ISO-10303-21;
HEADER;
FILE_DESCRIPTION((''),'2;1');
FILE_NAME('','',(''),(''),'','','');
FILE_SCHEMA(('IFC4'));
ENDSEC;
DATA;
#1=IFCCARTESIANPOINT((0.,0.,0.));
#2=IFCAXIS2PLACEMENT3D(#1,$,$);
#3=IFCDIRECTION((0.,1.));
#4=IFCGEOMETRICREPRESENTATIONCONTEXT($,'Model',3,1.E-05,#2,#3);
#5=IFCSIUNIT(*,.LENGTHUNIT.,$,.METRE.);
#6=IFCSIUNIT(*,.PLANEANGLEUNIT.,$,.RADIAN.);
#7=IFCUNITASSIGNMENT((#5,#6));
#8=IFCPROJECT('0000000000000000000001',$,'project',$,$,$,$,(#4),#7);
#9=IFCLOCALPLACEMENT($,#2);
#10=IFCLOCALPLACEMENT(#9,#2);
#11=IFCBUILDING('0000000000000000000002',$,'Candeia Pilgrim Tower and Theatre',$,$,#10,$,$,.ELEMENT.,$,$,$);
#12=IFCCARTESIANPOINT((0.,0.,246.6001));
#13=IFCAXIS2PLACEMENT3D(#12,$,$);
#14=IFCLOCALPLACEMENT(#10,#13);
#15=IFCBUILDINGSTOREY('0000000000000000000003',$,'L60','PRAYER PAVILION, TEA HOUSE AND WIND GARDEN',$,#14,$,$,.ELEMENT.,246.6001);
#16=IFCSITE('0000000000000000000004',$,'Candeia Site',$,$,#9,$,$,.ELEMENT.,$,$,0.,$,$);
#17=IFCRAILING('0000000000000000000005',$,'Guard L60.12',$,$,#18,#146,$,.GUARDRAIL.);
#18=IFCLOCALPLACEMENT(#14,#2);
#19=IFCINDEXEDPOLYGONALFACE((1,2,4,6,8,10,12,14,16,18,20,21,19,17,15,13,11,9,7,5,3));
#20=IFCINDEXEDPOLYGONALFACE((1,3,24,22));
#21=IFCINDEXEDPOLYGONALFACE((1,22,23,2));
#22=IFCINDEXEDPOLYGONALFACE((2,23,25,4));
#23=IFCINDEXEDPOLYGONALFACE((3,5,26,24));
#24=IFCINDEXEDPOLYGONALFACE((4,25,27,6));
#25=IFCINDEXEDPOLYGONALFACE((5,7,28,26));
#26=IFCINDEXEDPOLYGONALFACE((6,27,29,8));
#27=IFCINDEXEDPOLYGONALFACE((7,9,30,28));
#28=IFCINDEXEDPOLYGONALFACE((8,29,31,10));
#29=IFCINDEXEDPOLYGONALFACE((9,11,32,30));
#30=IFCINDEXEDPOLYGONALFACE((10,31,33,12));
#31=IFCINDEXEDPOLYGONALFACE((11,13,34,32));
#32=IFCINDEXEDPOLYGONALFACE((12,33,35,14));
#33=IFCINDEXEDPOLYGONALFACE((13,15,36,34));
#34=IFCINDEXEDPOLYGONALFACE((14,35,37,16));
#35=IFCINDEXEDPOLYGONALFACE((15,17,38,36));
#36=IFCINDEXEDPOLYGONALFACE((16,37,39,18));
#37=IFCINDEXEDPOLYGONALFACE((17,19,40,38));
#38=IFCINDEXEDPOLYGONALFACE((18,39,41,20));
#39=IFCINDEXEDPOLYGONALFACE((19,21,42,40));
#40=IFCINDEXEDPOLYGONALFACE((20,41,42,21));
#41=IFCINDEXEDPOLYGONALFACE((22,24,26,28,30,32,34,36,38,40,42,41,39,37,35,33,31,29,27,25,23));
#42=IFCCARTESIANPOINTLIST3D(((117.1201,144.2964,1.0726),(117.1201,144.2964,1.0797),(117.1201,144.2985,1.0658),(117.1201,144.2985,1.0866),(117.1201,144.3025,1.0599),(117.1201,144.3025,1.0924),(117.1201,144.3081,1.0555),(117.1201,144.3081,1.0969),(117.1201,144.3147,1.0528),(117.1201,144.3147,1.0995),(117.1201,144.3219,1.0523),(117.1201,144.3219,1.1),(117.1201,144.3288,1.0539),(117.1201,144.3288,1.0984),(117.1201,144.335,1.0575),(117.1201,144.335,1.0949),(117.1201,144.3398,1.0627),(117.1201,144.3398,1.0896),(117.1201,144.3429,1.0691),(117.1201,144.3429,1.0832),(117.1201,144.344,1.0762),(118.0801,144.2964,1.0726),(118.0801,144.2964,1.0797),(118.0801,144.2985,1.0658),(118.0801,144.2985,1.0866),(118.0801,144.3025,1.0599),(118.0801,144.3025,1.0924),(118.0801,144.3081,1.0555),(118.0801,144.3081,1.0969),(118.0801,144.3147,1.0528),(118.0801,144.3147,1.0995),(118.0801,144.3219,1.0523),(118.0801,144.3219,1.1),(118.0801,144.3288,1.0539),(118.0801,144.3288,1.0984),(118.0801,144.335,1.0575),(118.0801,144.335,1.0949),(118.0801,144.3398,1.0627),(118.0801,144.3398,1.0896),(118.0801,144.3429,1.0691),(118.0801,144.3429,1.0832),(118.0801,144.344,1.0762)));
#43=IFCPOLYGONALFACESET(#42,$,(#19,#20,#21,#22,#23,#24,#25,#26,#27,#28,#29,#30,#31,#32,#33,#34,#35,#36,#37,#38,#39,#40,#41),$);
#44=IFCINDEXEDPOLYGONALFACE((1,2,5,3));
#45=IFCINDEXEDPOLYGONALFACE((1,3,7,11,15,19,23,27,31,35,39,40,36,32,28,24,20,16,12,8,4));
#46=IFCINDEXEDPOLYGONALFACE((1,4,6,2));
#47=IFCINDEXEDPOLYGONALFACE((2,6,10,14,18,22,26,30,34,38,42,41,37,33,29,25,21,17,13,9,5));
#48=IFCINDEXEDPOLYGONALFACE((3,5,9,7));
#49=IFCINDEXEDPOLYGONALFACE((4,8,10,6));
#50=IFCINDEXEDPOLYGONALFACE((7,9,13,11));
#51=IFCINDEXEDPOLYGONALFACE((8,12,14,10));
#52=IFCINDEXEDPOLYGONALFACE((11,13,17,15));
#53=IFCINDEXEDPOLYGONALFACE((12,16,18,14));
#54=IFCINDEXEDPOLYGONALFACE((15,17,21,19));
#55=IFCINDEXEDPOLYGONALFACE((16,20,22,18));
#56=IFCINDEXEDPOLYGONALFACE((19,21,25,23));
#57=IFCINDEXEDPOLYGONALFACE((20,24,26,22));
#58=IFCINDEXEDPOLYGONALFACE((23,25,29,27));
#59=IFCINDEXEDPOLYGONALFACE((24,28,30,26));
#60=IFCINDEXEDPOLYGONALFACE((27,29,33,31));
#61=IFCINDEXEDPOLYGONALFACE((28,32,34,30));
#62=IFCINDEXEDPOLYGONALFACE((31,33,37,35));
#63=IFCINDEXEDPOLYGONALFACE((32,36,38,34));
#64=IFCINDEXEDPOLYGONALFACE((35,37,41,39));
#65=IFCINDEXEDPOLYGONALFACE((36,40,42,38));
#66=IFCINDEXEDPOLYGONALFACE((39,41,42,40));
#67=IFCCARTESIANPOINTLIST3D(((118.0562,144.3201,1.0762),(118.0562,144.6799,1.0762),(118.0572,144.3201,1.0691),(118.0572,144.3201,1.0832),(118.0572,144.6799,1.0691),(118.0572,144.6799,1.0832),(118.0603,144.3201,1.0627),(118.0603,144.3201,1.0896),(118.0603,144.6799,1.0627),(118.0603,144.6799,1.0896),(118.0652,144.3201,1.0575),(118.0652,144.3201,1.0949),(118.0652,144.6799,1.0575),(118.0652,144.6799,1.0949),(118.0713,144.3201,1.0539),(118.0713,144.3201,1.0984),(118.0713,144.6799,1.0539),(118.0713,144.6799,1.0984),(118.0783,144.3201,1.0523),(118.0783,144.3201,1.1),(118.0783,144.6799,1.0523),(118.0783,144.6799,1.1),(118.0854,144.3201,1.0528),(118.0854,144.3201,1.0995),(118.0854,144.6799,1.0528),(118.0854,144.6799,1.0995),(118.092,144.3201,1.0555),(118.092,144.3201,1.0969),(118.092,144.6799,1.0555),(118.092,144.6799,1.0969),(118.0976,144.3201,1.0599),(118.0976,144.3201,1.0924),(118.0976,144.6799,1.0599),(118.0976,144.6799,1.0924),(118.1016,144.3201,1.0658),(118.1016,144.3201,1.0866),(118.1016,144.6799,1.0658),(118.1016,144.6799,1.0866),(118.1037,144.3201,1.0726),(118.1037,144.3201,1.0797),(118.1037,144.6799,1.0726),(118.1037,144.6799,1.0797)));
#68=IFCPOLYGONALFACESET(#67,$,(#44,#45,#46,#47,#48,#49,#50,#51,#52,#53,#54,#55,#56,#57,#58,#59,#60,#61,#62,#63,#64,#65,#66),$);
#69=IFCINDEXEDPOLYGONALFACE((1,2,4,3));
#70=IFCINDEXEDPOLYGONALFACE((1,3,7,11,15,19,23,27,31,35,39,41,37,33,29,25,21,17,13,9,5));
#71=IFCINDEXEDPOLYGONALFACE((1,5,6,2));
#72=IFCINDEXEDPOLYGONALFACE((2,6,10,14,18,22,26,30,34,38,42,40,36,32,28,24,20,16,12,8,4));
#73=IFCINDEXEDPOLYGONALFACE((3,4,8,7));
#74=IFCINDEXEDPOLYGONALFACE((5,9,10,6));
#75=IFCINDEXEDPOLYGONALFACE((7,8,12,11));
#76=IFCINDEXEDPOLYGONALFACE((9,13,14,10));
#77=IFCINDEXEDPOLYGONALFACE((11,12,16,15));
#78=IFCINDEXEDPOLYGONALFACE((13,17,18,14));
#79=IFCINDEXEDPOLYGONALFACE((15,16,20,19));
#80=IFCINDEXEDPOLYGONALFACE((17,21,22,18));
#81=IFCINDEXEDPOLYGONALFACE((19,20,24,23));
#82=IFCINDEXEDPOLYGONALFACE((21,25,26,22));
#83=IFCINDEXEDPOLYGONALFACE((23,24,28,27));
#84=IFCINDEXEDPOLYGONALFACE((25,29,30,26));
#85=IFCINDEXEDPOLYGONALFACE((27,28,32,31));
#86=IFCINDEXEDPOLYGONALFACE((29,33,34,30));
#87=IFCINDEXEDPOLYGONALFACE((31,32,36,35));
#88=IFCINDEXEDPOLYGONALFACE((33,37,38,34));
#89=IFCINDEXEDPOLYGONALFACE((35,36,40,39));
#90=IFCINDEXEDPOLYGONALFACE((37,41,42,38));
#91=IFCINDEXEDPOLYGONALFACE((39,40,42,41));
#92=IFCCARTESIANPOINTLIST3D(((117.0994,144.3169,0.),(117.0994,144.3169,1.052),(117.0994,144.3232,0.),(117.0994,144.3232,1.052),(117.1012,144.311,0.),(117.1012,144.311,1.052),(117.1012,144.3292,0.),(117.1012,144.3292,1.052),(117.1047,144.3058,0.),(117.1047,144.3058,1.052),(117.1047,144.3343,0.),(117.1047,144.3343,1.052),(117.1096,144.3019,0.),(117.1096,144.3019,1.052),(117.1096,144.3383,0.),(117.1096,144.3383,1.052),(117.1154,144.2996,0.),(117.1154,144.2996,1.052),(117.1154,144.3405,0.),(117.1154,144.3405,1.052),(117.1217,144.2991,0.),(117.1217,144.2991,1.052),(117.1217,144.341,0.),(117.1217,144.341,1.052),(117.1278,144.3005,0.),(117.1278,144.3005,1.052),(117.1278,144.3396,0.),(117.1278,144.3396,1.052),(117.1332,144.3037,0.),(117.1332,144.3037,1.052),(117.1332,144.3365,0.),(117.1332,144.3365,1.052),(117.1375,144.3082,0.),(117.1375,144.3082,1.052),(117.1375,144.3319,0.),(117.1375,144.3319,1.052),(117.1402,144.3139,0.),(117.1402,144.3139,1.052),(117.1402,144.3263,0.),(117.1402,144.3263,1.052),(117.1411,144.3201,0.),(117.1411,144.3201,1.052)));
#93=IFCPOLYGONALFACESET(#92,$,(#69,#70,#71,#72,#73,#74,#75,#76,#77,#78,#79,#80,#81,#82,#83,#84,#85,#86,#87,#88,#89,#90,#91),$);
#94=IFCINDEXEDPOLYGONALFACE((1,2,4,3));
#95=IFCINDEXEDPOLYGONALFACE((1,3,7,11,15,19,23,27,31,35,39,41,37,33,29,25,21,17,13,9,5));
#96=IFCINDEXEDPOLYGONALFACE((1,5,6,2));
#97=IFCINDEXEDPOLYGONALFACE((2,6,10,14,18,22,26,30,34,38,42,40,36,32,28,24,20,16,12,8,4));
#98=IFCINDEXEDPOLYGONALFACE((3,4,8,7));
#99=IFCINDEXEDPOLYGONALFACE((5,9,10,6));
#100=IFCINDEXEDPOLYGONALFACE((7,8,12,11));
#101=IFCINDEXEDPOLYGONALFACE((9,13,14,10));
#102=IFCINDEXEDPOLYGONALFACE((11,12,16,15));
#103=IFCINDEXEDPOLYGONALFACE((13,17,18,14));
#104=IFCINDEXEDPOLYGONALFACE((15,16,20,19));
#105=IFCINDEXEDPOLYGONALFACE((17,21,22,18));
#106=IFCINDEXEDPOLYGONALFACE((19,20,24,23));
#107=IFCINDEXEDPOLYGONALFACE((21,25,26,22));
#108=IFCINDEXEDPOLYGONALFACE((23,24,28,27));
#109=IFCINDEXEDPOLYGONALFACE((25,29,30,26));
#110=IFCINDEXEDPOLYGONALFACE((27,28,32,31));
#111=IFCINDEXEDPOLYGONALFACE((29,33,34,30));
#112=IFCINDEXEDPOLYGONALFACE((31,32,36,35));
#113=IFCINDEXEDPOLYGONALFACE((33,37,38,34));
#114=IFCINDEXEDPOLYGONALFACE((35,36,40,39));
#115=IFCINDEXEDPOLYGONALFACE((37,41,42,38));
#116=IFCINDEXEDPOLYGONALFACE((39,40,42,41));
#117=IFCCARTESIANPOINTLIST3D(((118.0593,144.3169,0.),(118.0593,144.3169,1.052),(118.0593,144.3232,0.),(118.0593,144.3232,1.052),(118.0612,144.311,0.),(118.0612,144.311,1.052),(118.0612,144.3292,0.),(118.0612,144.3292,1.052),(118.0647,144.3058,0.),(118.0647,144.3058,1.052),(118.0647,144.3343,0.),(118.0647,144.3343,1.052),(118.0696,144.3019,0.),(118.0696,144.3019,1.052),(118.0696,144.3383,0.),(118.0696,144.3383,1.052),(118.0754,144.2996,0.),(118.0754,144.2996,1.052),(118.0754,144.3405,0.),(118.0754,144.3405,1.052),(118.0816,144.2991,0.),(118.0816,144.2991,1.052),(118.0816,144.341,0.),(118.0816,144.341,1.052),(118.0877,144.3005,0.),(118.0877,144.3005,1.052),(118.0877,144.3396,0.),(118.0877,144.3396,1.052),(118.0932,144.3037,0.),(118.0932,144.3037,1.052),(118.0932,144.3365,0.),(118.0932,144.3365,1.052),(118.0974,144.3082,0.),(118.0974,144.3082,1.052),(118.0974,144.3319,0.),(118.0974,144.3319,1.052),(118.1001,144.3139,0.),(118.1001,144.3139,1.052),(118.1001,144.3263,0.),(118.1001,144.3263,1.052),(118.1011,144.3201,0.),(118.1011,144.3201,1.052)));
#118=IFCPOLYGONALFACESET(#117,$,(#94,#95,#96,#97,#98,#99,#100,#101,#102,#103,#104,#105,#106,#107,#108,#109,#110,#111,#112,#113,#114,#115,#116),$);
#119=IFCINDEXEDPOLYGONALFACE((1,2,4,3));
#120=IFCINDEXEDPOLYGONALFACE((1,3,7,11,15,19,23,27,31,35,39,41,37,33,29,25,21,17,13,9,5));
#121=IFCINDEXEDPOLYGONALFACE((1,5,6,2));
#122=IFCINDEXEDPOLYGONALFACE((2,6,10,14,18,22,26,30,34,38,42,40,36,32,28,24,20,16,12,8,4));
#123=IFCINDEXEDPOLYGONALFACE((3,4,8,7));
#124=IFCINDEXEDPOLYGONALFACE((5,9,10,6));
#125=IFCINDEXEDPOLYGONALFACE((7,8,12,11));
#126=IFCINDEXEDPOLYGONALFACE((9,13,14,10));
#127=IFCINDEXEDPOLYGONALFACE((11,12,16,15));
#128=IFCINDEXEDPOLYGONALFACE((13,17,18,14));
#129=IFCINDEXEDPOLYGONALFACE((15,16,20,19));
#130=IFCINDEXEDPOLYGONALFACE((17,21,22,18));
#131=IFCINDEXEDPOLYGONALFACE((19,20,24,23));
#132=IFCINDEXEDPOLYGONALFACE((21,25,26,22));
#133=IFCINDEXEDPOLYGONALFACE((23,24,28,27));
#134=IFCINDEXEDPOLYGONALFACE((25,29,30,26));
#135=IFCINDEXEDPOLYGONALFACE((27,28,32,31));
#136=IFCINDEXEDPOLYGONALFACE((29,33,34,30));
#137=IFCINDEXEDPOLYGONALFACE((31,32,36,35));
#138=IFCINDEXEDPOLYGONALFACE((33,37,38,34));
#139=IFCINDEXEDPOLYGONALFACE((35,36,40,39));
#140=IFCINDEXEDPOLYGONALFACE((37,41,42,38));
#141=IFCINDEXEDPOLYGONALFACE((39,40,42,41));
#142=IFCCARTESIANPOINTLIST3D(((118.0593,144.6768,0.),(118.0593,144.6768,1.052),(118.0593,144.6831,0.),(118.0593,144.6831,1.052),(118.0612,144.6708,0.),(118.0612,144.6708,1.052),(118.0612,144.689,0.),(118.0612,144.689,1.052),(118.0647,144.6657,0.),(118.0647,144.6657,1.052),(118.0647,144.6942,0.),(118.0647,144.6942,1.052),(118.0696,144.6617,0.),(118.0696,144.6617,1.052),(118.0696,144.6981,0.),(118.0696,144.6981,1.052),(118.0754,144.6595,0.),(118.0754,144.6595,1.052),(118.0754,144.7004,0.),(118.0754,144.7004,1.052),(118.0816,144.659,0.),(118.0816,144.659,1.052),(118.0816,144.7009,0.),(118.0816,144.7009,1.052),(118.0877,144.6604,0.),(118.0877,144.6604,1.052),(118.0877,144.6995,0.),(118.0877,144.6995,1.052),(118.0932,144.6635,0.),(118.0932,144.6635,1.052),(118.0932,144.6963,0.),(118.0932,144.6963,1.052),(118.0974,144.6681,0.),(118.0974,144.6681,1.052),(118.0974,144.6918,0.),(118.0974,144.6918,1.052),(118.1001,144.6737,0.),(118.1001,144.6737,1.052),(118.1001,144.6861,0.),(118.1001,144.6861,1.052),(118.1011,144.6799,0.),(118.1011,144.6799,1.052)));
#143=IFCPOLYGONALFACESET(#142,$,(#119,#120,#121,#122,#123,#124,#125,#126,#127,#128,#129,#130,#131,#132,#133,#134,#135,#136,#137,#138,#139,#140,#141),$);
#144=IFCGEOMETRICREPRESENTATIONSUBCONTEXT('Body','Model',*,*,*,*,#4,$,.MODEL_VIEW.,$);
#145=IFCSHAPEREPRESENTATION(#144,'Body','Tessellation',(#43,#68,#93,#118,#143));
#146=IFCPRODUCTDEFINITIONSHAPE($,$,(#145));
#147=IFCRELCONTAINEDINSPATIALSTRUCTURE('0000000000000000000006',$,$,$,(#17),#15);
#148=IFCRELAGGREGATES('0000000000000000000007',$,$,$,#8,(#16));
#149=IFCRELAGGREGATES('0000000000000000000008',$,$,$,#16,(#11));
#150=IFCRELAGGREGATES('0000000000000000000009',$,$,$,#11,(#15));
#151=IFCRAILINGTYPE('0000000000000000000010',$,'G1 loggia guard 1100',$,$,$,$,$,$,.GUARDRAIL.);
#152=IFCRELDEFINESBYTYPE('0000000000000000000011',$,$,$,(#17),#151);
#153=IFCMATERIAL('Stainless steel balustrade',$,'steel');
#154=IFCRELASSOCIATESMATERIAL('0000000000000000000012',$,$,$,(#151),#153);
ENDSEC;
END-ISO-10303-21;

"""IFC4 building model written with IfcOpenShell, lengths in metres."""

from ifc_helpers import new_model, si_unit, direction, frame, origin, origin_2d, place, context, subcontext, project, spatial, circle, extrude, material, type_object, element, save


model = new_model("IFC4")

# Units and contexts
model_context = context("Model", 3, precision=1e-05, world=origin(), true_north=direction((0.0, 1.0)))
body_context = subcontext(model_context, "Body", "Model", "MODEL_VIEW")
ifc_project = project(units=[si_unit("LENGTHUNIT", "METRE"), si_unit("PLANEANGLEUNIT", "RADIAN")], contexts=[model_context])

# Site, building, storey
site_placement = place(None, origin())
site = spatial("IfcSite", under=ifc_project, at=site_placement, Name="Candeia Site", CompositionType="ELEMENT", RefElevation=0.0)
building_placement = place(site_placement, origin())
building = spatial("IfcBuilding", under=site, at=building_placement, Name="Candeia Pilgrim Tower and Theatre", CompositionType="ELEMENT")
storey_placement = place(building_placement, frame((0.0, 0.0, 246.6001)))
storey = spatial("IfcBuildingStorey", under=building, at=storey_placement, Name="L60", Description="PRAYER PAVILION, TEA HOUSE AND WIND GARDEN", CompositionType="ELEMENT", Elevation=246.6001)

# Railing
ifc_material_1 = material(Name="Stainless steel balustrade", Category="steel")
railing_type = type_object("IfcRailingType", Name="G1 loggia guard 1100", PredefinedType="GUARDRAIL", material=ifc_material_1)
railing_1_placement = place(storey_placement, frame((117.1201, 144.3201, 0.0)))
element("IfcRailing", 1, at=railing_1_placement, inside=storey, type_object=railing_type, Name="Guard L60.12", PredefinedType="GUARDRAIL", context=body_context, shape_type="SweptSolid", body=[
    extrude(circle(Radius=0.0239, at=origin_2d()), frame((0.0, 0.0, 1.0762), z_axis=(1.0, 0.0, 0.0), x_axis=(0.0, 1.0, 0.0)), (0.0, 0.0, 1.0), 0.96),
    extrude(circle(Radius=0.0239, at=origin_2d()), frame((0.96, 0.0, 1.0762), z_axis=(0.0, 1.0, 0.0), x_axis=(-1.0, 0.0, 0.0)), (0.0, 0.0, 1.0), 0.3599),
    extrude(circle(Radius=0.021, at=origin_2d()), origin(), (0.0, 0.0, 1.0), 1.052),
    extrude(circle(Radius=0.021, at=origin_2d()), frame((0.96, 0.0, 0.0)), (0.0, 0.0, 1.0), 1.052),
    extrude(circle(Radius=0.021, at=origin_2d()), frame((0.96, 0.3599, 0.0)), (0.0, 0.0, 1.0), 1.052),
])

save(model, "model.ifc")
